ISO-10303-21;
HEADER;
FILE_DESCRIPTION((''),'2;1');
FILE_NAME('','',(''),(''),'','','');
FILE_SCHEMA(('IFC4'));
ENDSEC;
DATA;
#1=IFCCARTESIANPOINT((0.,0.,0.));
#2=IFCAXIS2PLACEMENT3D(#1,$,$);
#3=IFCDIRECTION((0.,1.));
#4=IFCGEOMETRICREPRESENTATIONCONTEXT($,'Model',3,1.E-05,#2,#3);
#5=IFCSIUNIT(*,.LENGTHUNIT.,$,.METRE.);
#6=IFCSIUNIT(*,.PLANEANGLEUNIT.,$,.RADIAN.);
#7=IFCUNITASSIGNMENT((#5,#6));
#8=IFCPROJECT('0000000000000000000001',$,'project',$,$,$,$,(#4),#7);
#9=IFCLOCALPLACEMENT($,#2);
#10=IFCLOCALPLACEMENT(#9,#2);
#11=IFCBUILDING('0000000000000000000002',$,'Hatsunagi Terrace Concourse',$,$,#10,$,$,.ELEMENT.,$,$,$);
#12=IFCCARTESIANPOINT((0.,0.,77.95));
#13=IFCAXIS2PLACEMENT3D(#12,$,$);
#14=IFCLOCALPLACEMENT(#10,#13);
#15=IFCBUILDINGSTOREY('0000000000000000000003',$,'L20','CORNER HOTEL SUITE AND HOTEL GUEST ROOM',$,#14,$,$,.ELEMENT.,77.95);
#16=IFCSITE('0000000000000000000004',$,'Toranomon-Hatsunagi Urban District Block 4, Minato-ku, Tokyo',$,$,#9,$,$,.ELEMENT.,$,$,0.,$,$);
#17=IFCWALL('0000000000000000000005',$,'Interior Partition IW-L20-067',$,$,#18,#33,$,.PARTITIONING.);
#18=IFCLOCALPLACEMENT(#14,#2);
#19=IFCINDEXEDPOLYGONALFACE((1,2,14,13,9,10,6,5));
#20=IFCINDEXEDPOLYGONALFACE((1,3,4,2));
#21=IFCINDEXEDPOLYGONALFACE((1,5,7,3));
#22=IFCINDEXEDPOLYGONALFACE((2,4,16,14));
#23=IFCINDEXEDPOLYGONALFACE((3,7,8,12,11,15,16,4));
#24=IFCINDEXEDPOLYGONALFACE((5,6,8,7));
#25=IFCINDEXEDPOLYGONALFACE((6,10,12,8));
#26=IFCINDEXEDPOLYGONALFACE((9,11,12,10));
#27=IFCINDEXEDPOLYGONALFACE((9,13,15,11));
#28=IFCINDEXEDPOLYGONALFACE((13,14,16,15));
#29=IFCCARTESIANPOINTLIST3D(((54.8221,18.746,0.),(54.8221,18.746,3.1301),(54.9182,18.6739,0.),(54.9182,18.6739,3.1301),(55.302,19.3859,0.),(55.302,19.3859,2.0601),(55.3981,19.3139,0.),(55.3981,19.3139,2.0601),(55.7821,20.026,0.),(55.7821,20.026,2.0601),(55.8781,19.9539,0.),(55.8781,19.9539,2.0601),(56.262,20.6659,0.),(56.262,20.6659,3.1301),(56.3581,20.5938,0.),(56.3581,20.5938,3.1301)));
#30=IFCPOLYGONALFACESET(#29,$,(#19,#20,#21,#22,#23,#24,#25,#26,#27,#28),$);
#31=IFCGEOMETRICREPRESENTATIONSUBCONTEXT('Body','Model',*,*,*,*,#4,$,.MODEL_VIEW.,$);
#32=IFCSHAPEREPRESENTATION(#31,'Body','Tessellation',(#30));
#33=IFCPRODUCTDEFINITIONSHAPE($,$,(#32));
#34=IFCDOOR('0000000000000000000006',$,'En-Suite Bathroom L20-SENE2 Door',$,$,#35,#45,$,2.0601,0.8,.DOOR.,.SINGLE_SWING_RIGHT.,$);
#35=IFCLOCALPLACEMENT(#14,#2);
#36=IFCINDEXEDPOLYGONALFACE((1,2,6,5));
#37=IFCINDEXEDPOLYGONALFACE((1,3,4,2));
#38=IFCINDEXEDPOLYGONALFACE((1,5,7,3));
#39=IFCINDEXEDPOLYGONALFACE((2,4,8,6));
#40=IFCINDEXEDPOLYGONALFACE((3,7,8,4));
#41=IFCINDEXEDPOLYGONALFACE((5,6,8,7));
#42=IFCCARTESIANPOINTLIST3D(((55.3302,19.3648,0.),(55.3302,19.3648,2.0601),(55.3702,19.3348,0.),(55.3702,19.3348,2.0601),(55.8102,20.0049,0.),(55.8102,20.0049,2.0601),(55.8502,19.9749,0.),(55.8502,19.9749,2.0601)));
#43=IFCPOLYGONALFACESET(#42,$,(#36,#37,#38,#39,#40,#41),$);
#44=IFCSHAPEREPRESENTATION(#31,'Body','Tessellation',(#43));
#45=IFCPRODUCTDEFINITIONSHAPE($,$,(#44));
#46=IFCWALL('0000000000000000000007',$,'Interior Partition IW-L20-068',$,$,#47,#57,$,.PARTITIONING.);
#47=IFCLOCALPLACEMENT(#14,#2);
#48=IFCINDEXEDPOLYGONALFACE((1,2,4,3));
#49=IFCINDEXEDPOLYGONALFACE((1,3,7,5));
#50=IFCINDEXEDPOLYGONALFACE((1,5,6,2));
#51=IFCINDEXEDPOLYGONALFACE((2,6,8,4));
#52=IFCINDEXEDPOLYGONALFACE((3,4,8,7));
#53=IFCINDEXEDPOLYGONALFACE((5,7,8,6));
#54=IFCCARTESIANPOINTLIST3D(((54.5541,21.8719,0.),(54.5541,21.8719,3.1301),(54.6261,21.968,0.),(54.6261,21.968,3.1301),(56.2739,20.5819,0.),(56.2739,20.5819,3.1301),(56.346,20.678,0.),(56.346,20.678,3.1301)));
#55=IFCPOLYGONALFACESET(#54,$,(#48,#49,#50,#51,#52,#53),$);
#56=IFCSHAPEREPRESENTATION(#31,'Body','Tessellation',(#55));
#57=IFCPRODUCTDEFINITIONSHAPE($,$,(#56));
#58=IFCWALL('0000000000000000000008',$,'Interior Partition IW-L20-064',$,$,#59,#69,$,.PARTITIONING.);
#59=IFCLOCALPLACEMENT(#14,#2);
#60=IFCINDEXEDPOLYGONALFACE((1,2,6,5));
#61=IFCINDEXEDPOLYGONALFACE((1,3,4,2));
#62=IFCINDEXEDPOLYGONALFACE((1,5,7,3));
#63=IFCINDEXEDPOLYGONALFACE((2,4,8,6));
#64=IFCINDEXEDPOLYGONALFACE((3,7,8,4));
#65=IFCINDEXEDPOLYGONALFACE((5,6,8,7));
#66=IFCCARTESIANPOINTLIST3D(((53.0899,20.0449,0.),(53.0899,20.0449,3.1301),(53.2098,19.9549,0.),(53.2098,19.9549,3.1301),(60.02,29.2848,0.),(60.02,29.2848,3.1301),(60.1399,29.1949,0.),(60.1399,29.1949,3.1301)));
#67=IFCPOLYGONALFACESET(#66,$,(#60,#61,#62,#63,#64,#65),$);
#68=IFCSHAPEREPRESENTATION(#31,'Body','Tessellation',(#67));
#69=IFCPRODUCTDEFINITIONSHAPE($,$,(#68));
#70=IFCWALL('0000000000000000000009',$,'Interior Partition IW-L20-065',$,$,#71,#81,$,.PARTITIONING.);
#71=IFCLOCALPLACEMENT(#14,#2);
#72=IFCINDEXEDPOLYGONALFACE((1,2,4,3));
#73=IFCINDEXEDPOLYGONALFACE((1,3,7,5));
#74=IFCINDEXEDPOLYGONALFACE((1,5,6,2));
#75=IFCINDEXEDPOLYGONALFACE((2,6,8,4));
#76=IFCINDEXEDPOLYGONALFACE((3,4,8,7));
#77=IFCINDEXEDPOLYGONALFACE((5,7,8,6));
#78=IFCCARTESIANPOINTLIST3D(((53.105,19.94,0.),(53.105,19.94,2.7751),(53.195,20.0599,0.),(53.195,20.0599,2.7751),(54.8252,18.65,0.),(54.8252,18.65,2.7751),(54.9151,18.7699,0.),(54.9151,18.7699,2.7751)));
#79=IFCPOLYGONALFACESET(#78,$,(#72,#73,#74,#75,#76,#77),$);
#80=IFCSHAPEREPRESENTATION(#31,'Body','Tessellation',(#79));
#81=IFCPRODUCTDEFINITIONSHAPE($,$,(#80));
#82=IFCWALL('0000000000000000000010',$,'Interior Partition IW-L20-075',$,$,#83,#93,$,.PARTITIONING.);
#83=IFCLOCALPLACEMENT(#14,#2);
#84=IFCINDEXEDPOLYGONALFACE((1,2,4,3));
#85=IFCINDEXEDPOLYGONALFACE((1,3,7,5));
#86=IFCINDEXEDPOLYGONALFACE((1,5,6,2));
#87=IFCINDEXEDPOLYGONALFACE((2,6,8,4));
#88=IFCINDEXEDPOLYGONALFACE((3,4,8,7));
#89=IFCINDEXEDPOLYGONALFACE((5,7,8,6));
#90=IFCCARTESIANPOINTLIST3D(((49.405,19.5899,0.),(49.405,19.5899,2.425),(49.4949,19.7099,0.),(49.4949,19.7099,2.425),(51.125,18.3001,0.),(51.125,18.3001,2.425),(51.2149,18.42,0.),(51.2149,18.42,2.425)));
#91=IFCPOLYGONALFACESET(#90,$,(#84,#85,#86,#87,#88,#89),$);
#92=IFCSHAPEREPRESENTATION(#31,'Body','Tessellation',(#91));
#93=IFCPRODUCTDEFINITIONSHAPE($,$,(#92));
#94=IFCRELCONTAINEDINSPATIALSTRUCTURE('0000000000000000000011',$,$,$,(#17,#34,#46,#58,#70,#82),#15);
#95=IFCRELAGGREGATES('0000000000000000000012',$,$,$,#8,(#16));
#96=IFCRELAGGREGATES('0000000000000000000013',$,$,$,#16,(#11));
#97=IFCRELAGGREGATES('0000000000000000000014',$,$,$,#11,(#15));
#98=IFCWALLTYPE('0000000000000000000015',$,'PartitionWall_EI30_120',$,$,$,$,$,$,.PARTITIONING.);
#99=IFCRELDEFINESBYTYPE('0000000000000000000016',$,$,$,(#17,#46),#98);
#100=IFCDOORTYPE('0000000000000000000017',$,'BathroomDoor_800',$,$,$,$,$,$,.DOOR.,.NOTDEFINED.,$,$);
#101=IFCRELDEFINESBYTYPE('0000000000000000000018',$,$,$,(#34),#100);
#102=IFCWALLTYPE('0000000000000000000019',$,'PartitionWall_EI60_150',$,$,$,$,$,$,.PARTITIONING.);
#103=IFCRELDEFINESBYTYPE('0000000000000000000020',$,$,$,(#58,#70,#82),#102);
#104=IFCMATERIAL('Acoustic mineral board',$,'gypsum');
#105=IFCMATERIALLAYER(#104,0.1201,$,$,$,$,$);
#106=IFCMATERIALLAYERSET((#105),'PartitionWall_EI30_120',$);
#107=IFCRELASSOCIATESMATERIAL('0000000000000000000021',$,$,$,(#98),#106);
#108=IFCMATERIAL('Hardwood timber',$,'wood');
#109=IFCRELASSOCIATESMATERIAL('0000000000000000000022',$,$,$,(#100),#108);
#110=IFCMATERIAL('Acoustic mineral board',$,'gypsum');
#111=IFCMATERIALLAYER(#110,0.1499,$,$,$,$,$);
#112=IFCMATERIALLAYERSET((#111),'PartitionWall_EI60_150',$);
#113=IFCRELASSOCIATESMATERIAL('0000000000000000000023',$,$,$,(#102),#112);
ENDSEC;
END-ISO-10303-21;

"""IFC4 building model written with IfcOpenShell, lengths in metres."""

from ifc_helpers import new_model, si_unit, direction, frame, frame_2d, origin, place, context, subcontext, project, spatial, rectangle, extrude, material, layer, layer_set, type_object, element, fill, save


model = new_model("IFC4")

# Units and contexts
model_context = context("Model", 3, precision=1e-05, world=origin(), true_north=direction((0.0, 1.0)))
body_context = subcontext(model_context, "Body", "Model", "MODEL_VIEW")
ifc_project = project(units=[si_unit("LENGTHUNIT", "METRE"), si_unit("PLANEANGLEUNIT", "RADIAN")], contexts=[model_context])

# Site, building, storey
site_placement = place(None, origin())
site = spatial("IfcSite", under=ifc_project, at=site_placement, Name="Toranomon-Hatsunagi Urban District Block 4, Minato-ku, Tokyo", CompositionType="ELEMENT", RefElevation=0.0)
building_placement = place(site_placement, origin())
building = spatial("IfcBuilding", under=site, at=building_placement, Name="Hatsunagi Terrace Concourse", CompositionType="ELEMENT")
storey_placement = place(building_placement, frame((0.0, 0.0, 77.95)))
storey = spatial("IfcBuildingStorey", under=building, at=storey_placement, Name="L20", Description="CORNER HOTEL SUITE AND HOTEL GUEST ROOM", CompositionType="ELEMENT", Elevation=77.95)

# Wall, opening, door
ifc_material_1 = material(Name="Acoustic mineral board", Category="gypsum")
ifc_layer_1 = layer(ifc_material_1, 0.1201)
ifc_layer_set_1 = layer_set([ifc_layer_1], Name="PartitionWall_EI30_120")
wall_type_1 = type_object("IfcWallType", Name="PartitionWall_EI30_120", PredefinedType="PARTITIONING", material=ifc_layer_set_1)
ifc_material_2 = material(Name="Hardwood timber", Category="wood")
door_type_1 = type_object("IfcDoorType", Name="BathroomDoor_800", OperationType="NOTDEFINED", PredefinedType="DOOR", material=ifc_material_2)
wall_1_placement = place(storey_placement, frame((54.8701, 18.71, 0.0), z_axis=(0.0, 0.0, 1.0), x_axis=(0.6, 0.8, 0.0)))
wall_1 = element("IfcWall", 1, at=wall_1_placement, inside=storey, type_object=wall_type_1, Name="Interior Partition IW-L20-067", PredefinedType="PARTITIONING", context=body_context, shape_type="SweptSolid", body=[
    extrude(rectangle(XDim=2.3999, YDim=0.1201, at=frame_2d((1.2, 0.0))), origin(), (0.0, 0.0, 1.0), 3.1301),
])
opening_1_placement = place(wall_1_placement, frame((0.8, 0.0, 0.0)))
opening_1 = element("IfcOpeningElement", 2, at=opening_1_placement, cuts=wall_1, PredefinedType="OPENING", context=body_context, shape_type="SweptSolid", body=[
    extrude(rectangle(XDim=0.8, YDim=2.0601, at=frame_2d((0.3999, 1.03))), frame((0.0, 0.0701, 0.0), z_axis=(0.0, -1.0, 0.0), x_axis=(1.0, 0.0, 0.0)), (0.0, 0.0, 1.0), 0.1401),
])
door_1_placement = place(opening_1_placement, origin())
door_1 = element("IfcDoor", 3, at=door_1_placement, inside=storey, type_object=door_type_1, Name="En-Suite Bathroom L20-SENE2 Door", OperationType="SINGLE_SWING_RIGHT", OverallHeight=2.0601, OverallWidth=0.8, PredefinedType="DOOR", context=body_context, shape_type="SweptSolid", body=[
    extrude(rectangle(XDim=0.8, YDim=2.0601, at=frame_2d((0.3999, 1.03))), frame((0.0, 0.0249, 0.0), z_axis=(0.0, -1.0, 0.0), x_axis=(1.0, 0.0, 0.0)), (0.0, 0.0, 1.0), 0.05),
])
fill(opening_1, door_1)

# Wall
wall_2_placement = place(storey_placement, frame((54.5901, 21.9199, 0.0), z_axis=(0.0, 0.0, 1.0), x_axis=(0.799986, -0.600018, 0.0)))
element("IfcWall", 4, at=wall_2_placement, inside=storey, type_object=wall_type_1, Name="Interior Partition IW-L20-068", PredefinedType="PARTITIONING", context=body_context, shape_type="SweptSolid", body=[
    extrude(rectangle(XDim=2.1499, YDim=0.1201, at=frame_2d((1.075, 0.0))), origin(), (0.0, 0.0, 1.0), 3.1301),
])

# Shared definitions
ifc_material_3 = material(Name="Acoustic mineral board", Category="gypsum")
ifc_layer_2 = layer(ifc_material_3, 0.1499)
ifc_layer_set_2 = layer_set([ifc_layer_2], Name="PartitionWall_EI60_150")
wall_type_2 = type_object("IfcWallType", Name="PartitionWall_EI60_150", PredefinedType="PARTITIONING", material=ifc_layer_set_2)

# Walls
wall_3_placement = place(storey_placement, frame((53.1499, 20.0, 0.0), z_axis=(0.0, 0.0, 1.0), x_axis=(0.60001, 0.799992, 0.0)))
element("IfcWall", 5, at=wall_3_placement, inside=storey, type_object=wall_type_2, Name="Interior Partition IW-L20-064", PredefinedType="PARTITIONING", context=body_context, shape_type="SweptSolid", body=[
    extrude(rectangle(XDim=11.55, YDim=0.1499, at=frame_2d((5.7749, 0.0))), origin(), (0.0, 0.0, 1.0), 3.1301),
])
wall_4_placement = place(storey_placement, frame((53.1499, 20.0, 0.0), z_axis=(0.0, 0.0, 1.0), x_axis=(0.800027, -0.599964, 0.0)))
element("IfcWall", 6, at=wall_4_placement, inside=storey, type_object=wall_type_2, Name="Interior Partition IW-L20-065", PredefinedType="PARTITIONING", context=body_context, shape_type="SweptSolid", body=[
    extrude(rectangle(XDim=2.1501, YDim=0.1499, at=frame_2d((1.0752, 0.0))), origin(), (0.0, 0.0, 1.0), 2.7751),
])

# Wall
wall_5_placement = place(storey_placement, frame((49.45, 19.6499, 0.0), z_axis=(0.0, 0.0, 1.0), x_axis=(0.800041, -0.599945, 0.0)))
element("IfcWall", 7, at=wall_5_placement, inside=storey, type_object=wall_type_2, Name="Interior Partition IW-L20-075", PredefinedType="PARTITIONING", context=body_context, shape_type="SweptSolid", body=[
    extrude(rectangle(XDim=2.1499, YDim=0.1499, at=frame_2d((1.075, 0.0))), origin(), (0.0, 0.0, 1.0), 2.425),
])

save(model, "model.ifc")
